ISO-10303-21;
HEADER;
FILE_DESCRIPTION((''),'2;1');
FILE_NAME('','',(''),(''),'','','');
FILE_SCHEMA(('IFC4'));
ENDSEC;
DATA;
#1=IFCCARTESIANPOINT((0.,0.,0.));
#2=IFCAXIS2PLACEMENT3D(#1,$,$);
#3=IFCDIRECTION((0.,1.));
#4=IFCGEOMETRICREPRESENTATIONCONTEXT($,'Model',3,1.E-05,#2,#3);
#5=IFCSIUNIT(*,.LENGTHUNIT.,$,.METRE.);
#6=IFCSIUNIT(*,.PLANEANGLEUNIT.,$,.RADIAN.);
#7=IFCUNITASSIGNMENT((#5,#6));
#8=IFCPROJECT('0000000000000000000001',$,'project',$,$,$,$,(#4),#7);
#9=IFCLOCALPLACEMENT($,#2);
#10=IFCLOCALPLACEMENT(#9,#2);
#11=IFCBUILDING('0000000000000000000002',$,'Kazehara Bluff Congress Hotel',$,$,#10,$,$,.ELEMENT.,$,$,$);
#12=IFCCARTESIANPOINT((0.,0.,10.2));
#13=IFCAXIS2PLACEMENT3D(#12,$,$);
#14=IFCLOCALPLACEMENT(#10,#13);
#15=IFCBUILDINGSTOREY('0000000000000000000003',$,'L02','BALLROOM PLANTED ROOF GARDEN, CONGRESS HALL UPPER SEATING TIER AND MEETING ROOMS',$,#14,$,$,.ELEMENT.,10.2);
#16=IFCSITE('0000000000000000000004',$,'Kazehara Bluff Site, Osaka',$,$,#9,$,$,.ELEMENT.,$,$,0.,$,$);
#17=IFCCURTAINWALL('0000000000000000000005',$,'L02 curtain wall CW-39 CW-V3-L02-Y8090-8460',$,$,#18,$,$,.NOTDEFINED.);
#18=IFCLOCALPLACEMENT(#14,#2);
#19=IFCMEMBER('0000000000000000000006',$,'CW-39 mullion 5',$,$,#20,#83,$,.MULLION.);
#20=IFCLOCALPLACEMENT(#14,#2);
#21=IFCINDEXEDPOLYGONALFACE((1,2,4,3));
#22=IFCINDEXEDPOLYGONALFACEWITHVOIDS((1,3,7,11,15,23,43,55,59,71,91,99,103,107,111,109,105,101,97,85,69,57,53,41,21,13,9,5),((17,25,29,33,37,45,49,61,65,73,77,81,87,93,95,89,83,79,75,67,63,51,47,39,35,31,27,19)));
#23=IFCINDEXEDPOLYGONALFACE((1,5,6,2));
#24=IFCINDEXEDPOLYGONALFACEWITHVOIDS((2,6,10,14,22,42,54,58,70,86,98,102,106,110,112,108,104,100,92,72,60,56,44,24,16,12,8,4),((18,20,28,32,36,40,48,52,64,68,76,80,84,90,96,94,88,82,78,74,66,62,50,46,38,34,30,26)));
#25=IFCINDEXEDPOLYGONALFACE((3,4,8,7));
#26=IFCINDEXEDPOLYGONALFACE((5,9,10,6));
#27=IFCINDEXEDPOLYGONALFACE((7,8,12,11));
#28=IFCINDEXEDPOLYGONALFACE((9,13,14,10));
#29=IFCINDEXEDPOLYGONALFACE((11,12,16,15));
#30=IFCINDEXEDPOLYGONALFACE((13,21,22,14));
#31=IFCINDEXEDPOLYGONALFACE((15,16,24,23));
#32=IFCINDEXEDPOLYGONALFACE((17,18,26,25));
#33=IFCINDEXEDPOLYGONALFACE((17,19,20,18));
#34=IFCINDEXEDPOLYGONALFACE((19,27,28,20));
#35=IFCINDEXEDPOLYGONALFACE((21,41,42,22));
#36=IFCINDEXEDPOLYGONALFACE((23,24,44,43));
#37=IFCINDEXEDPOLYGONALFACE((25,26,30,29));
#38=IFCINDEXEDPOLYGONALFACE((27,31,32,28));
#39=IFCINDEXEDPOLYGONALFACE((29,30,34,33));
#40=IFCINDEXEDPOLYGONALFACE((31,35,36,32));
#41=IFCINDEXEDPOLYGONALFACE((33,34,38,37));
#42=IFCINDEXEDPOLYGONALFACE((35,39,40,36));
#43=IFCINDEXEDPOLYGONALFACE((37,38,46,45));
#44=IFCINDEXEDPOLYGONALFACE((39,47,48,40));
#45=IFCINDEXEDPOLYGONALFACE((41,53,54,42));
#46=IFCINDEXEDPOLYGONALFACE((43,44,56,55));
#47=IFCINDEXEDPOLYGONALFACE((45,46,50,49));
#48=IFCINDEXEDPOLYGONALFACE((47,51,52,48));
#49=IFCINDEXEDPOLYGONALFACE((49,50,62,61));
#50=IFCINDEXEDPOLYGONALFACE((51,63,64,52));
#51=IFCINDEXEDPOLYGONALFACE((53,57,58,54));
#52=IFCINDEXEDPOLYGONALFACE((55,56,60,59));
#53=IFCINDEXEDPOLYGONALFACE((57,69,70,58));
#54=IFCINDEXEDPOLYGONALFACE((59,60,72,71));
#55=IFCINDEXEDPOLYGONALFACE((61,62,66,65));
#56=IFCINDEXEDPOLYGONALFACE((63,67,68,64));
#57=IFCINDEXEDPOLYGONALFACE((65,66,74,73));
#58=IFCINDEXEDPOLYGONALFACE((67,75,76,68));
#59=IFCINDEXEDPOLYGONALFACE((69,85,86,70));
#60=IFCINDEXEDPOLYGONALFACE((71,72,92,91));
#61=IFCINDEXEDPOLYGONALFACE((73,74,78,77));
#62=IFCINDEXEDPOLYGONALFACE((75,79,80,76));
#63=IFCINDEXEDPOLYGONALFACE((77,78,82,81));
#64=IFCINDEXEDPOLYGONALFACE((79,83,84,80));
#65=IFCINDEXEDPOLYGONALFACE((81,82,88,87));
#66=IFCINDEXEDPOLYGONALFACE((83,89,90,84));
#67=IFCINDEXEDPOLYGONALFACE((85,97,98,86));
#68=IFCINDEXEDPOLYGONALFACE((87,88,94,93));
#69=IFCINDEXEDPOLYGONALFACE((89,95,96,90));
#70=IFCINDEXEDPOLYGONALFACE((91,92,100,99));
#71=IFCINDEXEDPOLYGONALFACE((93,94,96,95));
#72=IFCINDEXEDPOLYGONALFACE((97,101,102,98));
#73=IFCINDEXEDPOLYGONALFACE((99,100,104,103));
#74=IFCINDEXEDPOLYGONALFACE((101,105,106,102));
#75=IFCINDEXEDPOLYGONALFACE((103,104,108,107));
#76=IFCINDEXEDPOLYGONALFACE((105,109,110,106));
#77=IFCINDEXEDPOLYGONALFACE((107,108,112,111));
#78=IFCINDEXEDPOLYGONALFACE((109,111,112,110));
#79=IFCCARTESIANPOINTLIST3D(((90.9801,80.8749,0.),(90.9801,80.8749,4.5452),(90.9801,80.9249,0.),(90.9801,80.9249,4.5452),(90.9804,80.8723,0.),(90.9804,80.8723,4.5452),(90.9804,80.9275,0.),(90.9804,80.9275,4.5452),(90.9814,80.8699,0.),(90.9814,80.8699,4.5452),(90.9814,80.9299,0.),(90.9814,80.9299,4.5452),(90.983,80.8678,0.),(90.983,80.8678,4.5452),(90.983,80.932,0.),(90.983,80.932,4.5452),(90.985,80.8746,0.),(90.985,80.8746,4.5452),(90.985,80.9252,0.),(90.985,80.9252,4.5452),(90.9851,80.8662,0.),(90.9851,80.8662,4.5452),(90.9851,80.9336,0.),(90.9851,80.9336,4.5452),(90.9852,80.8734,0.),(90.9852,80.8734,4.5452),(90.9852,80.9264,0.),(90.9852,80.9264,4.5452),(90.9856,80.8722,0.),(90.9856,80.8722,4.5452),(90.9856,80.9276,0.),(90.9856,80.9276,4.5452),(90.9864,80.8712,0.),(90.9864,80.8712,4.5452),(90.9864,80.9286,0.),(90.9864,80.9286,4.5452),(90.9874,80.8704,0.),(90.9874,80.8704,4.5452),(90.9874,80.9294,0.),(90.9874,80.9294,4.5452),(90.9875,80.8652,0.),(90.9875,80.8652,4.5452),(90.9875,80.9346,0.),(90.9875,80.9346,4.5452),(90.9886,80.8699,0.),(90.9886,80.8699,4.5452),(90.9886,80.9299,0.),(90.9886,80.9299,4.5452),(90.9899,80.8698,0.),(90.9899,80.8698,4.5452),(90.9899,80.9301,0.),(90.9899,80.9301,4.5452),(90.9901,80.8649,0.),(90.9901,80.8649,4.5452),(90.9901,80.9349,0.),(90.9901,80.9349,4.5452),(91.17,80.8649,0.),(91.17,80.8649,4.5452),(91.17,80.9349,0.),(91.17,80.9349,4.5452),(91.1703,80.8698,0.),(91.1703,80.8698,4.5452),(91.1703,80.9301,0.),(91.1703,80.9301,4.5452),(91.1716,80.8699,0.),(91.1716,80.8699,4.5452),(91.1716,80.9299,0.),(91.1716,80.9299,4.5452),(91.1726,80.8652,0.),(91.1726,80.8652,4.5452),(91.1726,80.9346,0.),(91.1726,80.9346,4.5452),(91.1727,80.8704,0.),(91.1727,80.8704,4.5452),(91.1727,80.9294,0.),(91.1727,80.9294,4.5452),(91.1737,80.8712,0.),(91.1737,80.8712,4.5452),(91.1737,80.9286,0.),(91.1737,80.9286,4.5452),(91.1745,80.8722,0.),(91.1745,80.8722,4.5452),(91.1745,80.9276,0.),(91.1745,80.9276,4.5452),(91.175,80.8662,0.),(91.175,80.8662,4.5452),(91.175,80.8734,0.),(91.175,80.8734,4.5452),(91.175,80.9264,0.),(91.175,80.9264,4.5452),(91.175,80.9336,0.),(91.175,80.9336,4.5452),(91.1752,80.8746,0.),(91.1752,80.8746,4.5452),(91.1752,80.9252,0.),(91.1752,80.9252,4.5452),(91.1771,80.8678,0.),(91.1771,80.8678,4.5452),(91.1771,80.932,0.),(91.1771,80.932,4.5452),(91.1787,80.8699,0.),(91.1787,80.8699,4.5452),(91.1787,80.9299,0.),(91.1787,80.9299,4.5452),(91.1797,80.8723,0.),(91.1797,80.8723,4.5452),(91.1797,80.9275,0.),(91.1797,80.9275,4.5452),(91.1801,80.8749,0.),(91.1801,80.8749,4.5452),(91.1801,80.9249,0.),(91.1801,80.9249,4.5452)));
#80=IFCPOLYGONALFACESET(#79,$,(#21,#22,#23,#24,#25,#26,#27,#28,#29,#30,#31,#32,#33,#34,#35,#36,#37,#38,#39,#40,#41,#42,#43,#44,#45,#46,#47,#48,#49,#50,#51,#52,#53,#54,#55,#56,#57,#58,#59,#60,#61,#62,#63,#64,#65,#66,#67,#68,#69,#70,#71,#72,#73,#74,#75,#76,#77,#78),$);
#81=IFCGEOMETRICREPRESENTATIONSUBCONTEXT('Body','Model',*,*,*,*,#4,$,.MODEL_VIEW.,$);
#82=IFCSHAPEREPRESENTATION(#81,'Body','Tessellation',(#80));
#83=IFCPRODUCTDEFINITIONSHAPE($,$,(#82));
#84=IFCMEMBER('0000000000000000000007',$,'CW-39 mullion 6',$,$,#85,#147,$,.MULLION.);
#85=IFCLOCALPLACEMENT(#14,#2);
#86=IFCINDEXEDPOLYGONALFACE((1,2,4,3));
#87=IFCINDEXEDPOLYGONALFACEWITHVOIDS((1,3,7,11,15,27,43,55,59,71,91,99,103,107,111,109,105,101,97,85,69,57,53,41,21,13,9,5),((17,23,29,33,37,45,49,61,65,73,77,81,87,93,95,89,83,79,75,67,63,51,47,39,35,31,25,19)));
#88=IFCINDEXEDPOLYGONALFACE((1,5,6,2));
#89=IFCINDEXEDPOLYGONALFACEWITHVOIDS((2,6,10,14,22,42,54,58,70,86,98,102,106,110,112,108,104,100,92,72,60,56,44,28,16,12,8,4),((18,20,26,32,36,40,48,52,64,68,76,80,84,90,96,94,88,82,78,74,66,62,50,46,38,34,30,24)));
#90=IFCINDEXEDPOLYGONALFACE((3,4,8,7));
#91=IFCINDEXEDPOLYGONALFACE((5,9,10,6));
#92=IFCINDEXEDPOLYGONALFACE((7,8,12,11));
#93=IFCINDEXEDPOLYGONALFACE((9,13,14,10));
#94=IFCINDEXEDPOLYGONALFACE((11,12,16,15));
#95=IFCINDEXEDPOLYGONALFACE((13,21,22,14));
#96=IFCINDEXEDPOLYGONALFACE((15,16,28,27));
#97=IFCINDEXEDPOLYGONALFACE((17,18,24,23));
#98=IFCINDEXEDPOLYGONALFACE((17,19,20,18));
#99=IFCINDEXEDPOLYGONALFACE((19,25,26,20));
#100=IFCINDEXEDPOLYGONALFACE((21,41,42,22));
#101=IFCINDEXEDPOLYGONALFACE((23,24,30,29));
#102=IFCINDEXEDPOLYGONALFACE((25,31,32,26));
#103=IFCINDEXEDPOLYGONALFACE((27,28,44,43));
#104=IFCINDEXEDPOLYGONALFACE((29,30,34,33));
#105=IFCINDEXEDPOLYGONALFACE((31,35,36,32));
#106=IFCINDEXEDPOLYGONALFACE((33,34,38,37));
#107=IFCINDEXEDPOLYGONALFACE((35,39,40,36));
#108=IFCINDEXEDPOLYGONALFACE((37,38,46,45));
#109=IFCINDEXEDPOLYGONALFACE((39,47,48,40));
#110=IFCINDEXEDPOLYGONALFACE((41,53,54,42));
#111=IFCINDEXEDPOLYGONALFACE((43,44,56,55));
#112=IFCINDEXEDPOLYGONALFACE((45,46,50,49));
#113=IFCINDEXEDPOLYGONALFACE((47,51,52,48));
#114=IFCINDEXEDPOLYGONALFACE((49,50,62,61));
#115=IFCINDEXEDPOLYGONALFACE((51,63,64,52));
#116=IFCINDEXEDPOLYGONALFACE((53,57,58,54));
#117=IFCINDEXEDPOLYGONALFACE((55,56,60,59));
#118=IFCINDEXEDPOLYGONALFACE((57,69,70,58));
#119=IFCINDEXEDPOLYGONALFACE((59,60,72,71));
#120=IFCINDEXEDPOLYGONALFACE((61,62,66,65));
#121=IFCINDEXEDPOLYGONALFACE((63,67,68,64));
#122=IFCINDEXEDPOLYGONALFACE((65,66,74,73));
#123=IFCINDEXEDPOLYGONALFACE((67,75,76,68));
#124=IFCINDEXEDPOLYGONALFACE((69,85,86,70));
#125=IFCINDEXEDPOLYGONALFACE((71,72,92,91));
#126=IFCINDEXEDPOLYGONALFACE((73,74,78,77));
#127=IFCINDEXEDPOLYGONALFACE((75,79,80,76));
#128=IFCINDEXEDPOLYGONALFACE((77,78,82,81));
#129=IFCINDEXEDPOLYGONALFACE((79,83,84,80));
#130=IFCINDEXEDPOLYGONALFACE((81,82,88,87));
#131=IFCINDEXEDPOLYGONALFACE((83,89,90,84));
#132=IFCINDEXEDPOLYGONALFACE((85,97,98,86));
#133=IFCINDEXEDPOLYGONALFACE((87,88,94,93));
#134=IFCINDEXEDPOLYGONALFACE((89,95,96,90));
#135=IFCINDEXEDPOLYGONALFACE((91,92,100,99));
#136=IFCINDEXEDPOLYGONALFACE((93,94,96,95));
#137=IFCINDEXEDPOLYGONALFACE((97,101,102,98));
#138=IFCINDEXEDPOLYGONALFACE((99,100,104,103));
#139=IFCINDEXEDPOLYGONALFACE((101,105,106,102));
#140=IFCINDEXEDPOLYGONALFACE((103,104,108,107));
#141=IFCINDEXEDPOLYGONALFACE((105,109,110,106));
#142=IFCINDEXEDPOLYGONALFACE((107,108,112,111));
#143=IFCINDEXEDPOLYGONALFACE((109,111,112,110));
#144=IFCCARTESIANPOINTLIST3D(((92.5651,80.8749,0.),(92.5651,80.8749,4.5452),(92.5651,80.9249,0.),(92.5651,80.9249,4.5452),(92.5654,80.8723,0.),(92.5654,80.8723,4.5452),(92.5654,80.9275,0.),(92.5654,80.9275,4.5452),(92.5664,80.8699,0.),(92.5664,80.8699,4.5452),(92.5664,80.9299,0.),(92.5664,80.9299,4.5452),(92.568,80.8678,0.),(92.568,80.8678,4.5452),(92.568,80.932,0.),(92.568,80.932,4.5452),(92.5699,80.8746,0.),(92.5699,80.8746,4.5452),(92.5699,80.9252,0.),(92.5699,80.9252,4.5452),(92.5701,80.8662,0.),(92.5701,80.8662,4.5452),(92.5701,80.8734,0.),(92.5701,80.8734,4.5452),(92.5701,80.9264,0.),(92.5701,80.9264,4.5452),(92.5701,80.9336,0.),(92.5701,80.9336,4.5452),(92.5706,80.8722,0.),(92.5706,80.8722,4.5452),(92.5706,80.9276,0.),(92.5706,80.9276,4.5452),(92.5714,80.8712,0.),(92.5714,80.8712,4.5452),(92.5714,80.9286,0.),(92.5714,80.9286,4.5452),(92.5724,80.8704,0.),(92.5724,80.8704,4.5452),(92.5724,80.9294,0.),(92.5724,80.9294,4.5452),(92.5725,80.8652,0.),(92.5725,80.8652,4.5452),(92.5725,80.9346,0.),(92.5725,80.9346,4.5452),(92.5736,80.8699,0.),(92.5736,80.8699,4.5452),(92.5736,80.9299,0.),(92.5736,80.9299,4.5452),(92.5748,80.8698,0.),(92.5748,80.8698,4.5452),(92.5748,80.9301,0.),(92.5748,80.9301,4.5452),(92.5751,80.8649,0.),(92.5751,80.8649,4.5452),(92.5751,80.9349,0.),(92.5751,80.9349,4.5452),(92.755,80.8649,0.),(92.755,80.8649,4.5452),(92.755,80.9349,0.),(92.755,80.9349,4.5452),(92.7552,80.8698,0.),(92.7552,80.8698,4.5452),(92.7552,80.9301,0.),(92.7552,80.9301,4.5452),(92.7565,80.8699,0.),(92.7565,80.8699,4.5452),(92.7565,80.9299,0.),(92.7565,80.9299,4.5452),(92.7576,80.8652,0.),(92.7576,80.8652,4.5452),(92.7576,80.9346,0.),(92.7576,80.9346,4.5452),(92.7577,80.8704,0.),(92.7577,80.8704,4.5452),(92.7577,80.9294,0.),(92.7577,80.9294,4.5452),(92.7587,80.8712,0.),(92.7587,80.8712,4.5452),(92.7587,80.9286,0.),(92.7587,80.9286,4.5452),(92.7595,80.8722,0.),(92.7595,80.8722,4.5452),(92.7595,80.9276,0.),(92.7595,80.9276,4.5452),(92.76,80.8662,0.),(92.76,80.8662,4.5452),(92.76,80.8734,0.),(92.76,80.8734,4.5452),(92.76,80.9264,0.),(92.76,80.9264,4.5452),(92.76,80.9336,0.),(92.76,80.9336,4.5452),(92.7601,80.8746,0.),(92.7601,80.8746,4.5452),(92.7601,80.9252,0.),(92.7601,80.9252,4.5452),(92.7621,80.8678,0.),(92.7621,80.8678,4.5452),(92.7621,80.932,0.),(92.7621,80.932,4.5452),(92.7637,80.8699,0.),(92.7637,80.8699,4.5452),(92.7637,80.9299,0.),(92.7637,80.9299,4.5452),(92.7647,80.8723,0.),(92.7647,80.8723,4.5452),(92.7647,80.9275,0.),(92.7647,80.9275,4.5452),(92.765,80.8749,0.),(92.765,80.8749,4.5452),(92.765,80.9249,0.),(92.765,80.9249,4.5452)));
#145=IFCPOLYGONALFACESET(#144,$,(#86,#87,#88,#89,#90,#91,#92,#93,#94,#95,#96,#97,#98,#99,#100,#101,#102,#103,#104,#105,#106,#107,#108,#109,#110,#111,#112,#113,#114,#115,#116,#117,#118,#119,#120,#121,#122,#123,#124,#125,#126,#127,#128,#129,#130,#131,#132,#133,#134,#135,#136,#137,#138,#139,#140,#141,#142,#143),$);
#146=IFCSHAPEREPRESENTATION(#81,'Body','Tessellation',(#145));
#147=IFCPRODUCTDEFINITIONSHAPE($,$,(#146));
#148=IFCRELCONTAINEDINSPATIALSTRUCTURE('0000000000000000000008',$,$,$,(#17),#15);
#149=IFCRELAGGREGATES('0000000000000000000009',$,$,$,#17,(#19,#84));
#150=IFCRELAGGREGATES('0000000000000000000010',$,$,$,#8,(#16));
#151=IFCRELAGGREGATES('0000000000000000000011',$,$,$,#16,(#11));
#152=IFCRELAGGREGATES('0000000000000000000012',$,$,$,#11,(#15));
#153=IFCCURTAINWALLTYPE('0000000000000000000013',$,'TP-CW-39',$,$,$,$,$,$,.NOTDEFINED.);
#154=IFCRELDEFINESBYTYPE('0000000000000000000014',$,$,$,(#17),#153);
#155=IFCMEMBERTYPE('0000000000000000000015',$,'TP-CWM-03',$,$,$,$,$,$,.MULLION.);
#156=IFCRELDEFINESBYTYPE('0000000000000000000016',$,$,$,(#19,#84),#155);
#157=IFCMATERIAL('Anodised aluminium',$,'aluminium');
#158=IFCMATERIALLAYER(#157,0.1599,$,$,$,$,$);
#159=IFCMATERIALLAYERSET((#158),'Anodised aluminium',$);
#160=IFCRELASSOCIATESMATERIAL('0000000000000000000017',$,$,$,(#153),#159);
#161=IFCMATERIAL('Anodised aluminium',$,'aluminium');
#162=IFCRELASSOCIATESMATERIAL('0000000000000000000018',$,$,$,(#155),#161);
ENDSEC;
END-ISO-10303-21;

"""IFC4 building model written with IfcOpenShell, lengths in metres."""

from ifc_helpers import new_model, si_unit, direction, frame, origin, origin_2d, place, context, subcontext, project, spatial, hollow_rectangle, extrude, material, layer, layer_set, material_profile, profile_set, type_object, element, aggregate, save


model = new_model("IFC4")

# Units and contexts
model_context = context("Model", 3, precision=1e-05, world=origin(), true_north=direction((0.0, 1.0)))
body_context = subcontext(model_context, "Body", "Model", "MODEL_VIEW")
ifc_project = project(units=[si_unit("LENGTHUNIT", "METRE"), si_unit("PLANEANGLEUNIT", "RADIAN")], contexts=[model_context])

# Site, building, storey
site_placement = place(None, origin())
site = spatial("IfcSite", under=ifc_project, at=site_placement, Name="Kazehara Bluff Site, Osaka", CompositionType="ELEMENT", RefElevation=0.0)
building_placement = place(site_placement, origin())
building = spatial("IfcBuilding", under=site, at=building_placement, Name="Kazehara Bluff Congress Hotel", CompositionType="ELEMENT")
storey_placement = place(building_placement, frame((0.0, 0.0, 10.2)))
storey = spatial("IfcBuildingStorey", under=building, at=storey_placement, Name="L02", Description="BALLROOM PLANTED ROOF GARDEN, CONGRESS HALL UPPER SEATING TIER AND MEETING ROOMS", CompositionType="ELEMENT", Elevation=10.2)

# Curtain wall, members
ifc_material_1 = material(Name="Anodised aluminium", Category="aluminium")
ifc_layer_1 = layer(ifc_material_1, 0.1599)
ifc_layer_set_1 = layer_set([ifc_layer_1], Name="Anodised aluminium")
curtain_wall_type_1 = type_object("IfcCurtainWallType", Name="TP-CW-39", PredefinedType="NOTDEFINED", material=ifc_layer_set_1)
curtain_wall_1_placement = place(storey_placement, origin())
curtain_wall_1 = element("IfcCurtainWall", 1, at=curtain_wall_1_placement, inside=storey, type_object=curtain_wall_type_1, Name="L02 curtain wall CW-39 CW-V3-L02-Y8090-8460", PredefinedType="NOTDEFINED")
ifc_material_2 = material(Name="Anodised aluminium", Category="aluminium")
ifc_material_profile_1 = material_profile(ifc_material_2, hollow_rectangle(XDim=0.0701, YDim=0.2, WallThickness=0.0049, InnerFilletRadius=0.0049, OuterFilletRadius=0.01, at=origin_2d()))
ifc_profile_set_1 = profile_set([ifc_material_profile_1], Name="Anodised aluminium")
member_type_1 = type_object("IfcMemberType", Name="TP-CWM-03", PredefinedType="MULLION", material=ifc_profile_set_1)
member_1_placement = place(storey_placement, frame((91.0801, 80.8999, 0.0), z_axis=(0.0, 0.0, 1.0), x_axis=(0.0, 1.0, 0.0)))
member_1 = element("IfcMember", 2, at=member_1_placement, type_object=member_type_1, Name="CW-39 mullion 5", PredefinedType="MULLION", context=body_context, shape_type="SweptSolid", body=[
    extrude(hollow_rectangle(XDim=0.0701, YDim=0.2, WallThickness=0.0049, InnerFilletRadius=0.0049, OuterFilletRadius=0.01, at=origin_2d()), origin(), (0.0, 0.0, 1.0), 4.5452),
])
member_2_placement = place(storey_placement, frame((92.665, 80.8999, 0.0), z_axis=(0.0, 0.0, 1.0), x_axis=(0.0, 1.0, 0.0)))
member_2 = element("IfcMember", 3, at=member_2_placement, type_object=member_type_1, Name="CW-39 mullion 6", PredefinedType="MULLION", context=body_context, shape_type="SweptSolid", body=[
    extrude(hollow_rectangle(XDim=0.0701, YDim=0.2, WallThickness=0.0049, InnerFilletRadius=0.0049, OuterFilletRadius=0.01, at=origin_2d()), origin(), (0.0, 0.0, 1.0), 4.5452),
])

aggregate(curtain_wall_1, [member_1, member_2])

save(model, "model.ifc")
